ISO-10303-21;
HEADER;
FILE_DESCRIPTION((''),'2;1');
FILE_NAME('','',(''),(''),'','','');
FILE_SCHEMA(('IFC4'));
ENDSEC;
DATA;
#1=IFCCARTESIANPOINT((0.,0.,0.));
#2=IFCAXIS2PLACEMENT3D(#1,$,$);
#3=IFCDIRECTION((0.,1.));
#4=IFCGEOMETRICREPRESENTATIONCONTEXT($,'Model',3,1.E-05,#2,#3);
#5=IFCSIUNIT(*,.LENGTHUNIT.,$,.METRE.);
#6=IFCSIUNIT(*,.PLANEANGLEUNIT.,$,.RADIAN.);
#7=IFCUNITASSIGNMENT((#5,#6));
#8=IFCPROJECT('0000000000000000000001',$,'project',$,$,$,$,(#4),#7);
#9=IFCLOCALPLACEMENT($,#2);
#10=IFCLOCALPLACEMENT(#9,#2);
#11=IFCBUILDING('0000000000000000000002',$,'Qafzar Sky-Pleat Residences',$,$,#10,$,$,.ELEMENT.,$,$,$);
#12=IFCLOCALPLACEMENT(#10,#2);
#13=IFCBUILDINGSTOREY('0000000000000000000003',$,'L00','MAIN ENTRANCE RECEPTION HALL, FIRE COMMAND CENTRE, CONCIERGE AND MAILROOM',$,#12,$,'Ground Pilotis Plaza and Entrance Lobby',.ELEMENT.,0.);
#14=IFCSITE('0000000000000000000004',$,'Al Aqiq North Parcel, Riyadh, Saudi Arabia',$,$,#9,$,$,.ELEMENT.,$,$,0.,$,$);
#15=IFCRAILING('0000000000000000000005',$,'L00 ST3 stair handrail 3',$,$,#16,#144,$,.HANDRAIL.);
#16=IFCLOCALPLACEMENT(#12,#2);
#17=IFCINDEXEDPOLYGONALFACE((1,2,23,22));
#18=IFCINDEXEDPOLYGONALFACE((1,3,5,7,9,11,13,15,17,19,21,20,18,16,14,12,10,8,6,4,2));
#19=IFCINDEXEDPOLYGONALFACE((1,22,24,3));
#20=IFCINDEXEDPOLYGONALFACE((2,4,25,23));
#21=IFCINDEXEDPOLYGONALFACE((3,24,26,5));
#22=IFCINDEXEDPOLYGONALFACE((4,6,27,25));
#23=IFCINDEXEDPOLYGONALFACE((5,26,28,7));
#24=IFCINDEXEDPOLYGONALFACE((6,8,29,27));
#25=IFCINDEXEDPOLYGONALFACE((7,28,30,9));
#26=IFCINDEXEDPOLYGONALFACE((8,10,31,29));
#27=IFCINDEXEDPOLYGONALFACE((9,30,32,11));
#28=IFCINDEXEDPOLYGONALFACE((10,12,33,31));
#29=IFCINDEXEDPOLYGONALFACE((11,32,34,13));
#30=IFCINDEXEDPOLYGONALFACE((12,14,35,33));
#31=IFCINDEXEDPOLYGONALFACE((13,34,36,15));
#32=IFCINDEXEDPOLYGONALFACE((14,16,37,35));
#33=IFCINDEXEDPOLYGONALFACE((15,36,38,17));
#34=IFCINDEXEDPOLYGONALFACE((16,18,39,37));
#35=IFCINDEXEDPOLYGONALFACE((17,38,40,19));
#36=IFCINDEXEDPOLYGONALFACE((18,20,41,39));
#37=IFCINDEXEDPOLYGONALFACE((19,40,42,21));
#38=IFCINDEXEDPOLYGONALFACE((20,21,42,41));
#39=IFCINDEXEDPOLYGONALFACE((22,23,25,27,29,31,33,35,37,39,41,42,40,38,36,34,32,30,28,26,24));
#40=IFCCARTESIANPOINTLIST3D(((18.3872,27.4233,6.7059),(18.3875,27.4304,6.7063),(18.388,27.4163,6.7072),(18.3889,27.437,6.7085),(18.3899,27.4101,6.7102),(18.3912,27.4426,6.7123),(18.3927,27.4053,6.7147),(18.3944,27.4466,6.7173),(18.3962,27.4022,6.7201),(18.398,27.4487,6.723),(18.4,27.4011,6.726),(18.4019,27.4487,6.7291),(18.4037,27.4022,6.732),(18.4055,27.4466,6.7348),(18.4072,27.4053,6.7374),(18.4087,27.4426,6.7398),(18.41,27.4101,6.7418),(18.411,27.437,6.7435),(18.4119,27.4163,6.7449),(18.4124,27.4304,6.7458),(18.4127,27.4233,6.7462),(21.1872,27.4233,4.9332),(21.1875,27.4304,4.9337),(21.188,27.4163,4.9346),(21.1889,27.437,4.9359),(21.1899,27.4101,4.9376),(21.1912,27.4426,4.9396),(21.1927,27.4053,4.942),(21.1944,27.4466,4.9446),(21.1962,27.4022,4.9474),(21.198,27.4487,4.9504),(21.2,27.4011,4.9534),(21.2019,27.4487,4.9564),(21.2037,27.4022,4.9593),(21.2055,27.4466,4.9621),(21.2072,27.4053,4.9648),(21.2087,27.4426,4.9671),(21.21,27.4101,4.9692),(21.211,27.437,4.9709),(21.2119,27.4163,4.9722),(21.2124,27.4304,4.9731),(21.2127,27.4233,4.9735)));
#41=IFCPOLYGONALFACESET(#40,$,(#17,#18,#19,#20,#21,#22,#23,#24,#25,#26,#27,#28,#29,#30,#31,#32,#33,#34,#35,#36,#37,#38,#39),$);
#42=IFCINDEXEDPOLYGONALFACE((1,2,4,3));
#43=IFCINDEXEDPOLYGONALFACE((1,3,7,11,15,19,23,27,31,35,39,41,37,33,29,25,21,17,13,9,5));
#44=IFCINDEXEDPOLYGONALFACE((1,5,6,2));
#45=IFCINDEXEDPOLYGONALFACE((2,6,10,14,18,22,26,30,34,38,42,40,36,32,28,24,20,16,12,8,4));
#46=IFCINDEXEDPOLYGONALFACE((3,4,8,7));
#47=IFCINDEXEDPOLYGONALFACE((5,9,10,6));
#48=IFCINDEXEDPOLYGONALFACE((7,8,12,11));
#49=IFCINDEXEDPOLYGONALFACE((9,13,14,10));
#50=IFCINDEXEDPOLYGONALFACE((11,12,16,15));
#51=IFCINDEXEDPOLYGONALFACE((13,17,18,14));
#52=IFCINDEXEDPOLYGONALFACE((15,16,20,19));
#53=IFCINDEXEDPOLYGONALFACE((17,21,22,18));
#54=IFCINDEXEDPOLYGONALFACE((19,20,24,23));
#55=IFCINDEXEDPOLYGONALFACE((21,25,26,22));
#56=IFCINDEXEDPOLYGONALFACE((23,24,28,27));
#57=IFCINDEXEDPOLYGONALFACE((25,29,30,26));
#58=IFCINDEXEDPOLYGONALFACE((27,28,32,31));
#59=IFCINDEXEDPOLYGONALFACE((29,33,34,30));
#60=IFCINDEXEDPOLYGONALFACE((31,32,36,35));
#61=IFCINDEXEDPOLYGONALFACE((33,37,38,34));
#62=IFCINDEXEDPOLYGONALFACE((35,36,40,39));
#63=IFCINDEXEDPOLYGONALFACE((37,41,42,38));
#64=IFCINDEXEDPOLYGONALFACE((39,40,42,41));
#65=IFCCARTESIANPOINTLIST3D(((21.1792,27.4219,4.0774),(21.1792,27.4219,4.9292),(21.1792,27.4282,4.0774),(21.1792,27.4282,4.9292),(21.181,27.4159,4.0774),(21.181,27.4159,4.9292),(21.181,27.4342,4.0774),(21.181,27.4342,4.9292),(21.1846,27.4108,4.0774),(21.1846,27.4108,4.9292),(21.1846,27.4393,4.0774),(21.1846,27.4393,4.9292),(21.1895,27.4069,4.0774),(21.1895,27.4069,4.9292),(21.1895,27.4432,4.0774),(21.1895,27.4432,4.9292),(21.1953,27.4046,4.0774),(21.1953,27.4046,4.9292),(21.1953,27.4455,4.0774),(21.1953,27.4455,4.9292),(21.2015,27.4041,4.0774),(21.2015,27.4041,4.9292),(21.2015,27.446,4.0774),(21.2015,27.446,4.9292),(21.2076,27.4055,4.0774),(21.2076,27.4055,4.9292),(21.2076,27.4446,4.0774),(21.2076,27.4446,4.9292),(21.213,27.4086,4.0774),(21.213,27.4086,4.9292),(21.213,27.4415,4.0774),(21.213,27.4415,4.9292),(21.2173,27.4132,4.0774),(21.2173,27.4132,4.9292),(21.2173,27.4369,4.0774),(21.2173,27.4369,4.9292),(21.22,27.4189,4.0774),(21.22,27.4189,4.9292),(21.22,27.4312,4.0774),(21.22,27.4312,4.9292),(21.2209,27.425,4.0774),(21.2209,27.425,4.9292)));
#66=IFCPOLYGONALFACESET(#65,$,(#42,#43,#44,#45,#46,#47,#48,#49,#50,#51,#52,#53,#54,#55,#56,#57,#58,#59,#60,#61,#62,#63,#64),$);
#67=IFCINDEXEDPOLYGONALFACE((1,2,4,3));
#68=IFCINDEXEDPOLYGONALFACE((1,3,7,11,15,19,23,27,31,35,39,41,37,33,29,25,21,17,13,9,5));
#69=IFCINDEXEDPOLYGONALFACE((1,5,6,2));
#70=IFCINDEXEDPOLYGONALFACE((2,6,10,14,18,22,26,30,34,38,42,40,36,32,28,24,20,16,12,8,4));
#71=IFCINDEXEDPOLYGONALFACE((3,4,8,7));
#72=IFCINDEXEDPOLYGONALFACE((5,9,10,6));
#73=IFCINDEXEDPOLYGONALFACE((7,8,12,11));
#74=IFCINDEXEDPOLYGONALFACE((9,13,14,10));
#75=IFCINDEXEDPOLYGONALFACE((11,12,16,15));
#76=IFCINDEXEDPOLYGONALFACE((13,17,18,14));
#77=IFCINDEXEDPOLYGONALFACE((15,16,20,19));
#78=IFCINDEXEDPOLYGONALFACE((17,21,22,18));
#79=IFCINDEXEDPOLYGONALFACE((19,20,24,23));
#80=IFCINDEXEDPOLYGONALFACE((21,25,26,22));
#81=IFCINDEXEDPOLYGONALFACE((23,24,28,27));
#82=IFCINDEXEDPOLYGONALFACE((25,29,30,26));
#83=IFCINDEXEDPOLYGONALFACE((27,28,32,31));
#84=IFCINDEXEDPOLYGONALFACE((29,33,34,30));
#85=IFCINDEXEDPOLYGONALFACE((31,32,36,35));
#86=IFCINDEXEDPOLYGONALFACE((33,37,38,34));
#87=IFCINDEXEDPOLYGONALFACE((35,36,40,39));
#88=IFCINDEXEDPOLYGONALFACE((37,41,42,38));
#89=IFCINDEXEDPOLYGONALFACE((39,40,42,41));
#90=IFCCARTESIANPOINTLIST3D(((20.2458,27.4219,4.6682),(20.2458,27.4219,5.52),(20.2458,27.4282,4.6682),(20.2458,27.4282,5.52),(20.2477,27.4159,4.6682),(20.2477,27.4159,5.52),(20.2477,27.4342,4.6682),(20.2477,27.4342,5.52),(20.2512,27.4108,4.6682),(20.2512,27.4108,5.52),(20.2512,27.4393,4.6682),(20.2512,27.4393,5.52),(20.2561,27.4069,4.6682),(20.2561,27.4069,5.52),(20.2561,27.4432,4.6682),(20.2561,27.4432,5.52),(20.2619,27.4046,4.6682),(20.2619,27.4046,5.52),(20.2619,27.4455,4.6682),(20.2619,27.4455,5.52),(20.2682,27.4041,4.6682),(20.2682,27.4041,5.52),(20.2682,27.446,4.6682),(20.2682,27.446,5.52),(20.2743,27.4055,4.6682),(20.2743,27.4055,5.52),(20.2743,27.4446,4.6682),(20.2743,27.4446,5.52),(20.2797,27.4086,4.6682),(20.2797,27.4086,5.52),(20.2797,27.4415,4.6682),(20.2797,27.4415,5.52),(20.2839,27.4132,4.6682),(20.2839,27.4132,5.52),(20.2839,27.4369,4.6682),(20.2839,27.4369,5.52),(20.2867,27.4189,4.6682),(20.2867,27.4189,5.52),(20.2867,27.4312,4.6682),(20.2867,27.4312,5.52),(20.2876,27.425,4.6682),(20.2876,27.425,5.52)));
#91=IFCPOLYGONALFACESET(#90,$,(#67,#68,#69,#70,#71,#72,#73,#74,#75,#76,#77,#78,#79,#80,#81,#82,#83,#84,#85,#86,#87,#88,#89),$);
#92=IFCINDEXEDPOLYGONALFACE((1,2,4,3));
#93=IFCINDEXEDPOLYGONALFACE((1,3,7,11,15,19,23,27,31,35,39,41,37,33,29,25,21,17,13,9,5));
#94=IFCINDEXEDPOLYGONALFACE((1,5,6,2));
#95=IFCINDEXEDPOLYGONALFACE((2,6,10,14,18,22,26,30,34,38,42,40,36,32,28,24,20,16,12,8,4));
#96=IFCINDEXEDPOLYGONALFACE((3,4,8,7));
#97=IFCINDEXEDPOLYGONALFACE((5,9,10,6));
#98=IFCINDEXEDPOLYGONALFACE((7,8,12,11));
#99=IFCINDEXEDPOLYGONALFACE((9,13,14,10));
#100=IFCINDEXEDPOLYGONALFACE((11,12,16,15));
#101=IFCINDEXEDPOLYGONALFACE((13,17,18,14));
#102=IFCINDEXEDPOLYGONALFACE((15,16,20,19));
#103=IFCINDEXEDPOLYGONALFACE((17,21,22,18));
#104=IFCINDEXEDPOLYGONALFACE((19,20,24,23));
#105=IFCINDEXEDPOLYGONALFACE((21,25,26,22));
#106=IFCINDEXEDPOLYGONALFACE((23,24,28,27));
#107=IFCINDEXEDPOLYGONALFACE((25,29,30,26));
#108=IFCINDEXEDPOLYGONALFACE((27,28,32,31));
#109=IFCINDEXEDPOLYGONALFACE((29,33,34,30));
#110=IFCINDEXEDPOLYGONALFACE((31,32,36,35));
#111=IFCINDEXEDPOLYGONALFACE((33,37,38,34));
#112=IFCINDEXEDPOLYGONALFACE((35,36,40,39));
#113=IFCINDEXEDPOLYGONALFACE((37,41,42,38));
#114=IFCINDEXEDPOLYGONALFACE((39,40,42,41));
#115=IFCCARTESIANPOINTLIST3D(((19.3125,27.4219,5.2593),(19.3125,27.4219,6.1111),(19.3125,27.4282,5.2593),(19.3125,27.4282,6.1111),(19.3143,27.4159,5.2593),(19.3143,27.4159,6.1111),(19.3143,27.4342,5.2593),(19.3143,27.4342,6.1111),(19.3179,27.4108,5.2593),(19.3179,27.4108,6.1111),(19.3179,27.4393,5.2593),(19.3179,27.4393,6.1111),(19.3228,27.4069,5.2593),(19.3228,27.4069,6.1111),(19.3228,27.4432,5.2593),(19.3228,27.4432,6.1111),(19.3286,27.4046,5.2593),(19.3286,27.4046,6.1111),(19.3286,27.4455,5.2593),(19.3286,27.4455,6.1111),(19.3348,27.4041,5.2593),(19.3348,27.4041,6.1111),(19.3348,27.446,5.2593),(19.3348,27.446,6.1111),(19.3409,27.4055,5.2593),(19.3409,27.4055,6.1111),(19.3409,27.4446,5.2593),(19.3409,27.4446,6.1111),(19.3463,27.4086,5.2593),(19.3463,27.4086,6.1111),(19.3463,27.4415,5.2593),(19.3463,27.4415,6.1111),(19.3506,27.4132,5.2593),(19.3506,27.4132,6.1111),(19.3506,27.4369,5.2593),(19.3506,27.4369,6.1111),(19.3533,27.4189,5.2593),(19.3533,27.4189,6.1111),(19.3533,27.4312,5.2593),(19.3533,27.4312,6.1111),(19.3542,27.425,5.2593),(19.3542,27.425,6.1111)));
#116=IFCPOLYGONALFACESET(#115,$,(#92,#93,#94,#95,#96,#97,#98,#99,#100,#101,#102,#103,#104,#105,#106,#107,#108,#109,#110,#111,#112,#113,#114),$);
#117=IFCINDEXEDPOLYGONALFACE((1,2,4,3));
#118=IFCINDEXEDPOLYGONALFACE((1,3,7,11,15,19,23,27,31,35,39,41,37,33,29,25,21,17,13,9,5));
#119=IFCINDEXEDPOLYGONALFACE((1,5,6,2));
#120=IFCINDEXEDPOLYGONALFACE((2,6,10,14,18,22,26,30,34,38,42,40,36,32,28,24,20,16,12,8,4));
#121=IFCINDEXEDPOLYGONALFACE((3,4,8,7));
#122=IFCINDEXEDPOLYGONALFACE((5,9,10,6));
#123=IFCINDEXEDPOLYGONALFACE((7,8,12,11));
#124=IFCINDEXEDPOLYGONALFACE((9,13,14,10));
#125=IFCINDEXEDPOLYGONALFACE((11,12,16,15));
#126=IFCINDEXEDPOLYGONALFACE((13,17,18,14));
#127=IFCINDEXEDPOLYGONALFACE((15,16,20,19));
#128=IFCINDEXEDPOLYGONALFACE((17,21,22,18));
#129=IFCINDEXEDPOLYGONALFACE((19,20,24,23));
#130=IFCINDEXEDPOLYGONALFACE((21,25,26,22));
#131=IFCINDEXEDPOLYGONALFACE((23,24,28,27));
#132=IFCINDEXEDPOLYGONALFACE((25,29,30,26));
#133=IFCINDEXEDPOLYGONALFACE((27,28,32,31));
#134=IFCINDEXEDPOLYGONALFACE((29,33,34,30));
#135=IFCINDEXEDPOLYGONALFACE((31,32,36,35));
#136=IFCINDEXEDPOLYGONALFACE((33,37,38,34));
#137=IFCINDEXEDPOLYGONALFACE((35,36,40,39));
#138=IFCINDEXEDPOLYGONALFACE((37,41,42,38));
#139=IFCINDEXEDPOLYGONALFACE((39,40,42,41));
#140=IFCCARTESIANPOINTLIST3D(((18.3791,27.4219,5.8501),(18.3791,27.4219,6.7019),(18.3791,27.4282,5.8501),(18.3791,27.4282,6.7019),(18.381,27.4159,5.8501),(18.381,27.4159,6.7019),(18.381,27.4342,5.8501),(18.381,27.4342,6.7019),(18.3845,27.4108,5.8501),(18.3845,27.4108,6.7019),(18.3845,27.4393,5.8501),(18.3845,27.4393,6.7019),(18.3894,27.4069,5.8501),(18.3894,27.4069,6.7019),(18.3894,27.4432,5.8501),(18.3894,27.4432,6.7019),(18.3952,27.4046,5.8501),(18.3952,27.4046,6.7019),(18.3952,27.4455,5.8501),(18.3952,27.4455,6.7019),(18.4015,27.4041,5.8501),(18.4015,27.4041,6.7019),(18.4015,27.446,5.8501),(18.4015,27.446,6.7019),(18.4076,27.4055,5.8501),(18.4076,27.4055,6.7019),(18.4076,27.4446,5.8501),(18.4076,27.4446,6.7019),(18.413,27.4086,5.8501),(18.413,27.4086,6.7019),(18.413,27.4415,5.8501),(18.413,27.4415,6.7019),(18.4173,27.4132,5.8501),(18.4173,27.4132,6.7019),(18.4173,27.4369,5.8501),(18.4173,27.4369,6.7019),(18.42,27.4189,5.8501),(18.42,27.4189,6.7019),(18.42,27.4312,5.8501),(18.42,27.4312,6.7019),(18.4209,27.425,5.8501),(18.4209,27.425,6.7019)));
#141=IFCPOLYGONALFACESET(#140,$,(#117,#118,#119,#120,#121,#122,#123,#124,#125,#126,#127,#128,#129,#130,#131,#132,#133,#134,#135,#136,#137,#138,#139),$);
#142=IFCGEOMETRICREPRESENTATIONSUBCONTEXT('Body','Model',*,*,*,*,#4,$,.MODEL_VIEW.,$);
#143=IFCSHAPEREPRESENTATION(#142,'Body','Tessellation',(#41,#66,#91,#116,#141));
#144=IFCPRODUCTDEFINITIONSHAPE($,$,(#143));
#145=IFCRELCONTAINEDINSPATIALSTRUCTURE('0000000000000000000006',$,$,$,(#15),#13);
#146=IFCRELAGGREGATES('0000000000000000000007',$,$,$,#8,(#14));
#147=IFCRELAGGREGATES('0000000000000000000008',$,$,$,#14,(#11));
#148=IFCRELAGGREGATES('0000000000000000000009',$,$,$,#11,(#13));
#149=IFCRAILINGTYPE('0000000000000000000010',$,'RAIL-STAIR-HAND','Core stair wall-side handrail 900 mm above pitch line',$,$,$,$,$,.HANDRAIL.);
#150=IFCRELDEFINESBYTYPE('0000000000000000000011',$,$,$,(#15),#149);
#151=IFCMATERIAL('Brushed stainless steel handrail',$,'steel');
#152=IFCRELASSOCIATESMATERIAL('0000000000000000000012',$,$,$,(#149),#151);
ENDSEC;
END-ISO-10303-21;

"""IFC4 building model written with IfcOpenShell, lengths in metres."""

from ifc_helpers import new_model, si_unit, direction, frame, origin, origin_2d, place, context, subcontext, project, spatial, circle, extrude, source, transform, mapped, material, type_object, element, save


model = new_model("IFC4")

# Units and contexts
model_context = context("Model", 3, precision=1e-05, world=origin(), true_north=direction((0.0, 1.0)))
body_context = subcontext(model_context, "Body", "Model", "MODEL_VIEW")
ifc_project = project(units=[si_unit("LENGTHUNIT", "METRE"), si_unit("PLANEANGLEUNIT", "RADIAN")], contexts=[model_context])

# Site, building, storey
site_placement = place(None, origin())
site = spatial("IfcSite", under=ifc_project, at=site_placement, Name="Al Aqiq North Parcel, Riyadh, Saudi Arabia", CompositionType="ELEMENT", RefElevation=0.0)
building_placement = place(site_placement, origin())
building = spatial("IfcBuilding", under=site, at=building_placement, Name="Qafzar Sky-Pleat Residences", CompositionType="ELEMENT")
storey_placement = place(building_placement, origin())
storey = spatial("IfcBuildingStorey", under=building, at=storey_placement, Name="L00", Description="MAIN ENTRANCE RECEPTION HALL, FIRE COMMAND CENTRE, CONCIERGE AND MAILROOM", LongName="Ground Pilotis Plaza and Entrance Lobby", CompositionType="ELEMENT", Elevation=0.0)

# Railing
ifc_material_1 = material(Name="Brushed stainless steel handrail", Category="steel")
railing_type_1 = type_object("IfcRailingType", Name="RAIL-STAIR-HAND", Description="Core stair wall-side handrail 900 mm above pitch line", PredefinedType="HANDRAIL", material=ifc_material_1)
shared_shape_1 = source(origin(), body_context, "Body", "SweptSolid", [
    extrude(circle(Radius=0.0239, at=origin_2d()), frame((0.0, 0.0, 0.876), z_axis=(-0.844909, 0.0, 0.53491), x_axis=(0.0, -1.0, 0.0)), (0.0, 0.0, 1.0), 3.314),
    extrude(circle(Radius=0.021, at=origin_2d()), origin(), (0.0, 0.0, 1.0), 0.8518),
    extrude(circle(Radius=0.021, at=origin_2d()), frame((-0.9333, 0.0, 0.5908)), (0.0, 0.0, 1.0), 0.8518),
    extrude(circle(Radius=0.021, at=origin_2d()), frame((-1.8667, 0.0, 1.1819)), (0.0, 0.0, 1.0), 0.8518),
    extrude(circle(Radius=0.021, at=origin_2d()), frame((-2.8, 0.0, 1.7727)), (0.0, 0.0, 1.0), 0.8518),
])
for number, where, name in (
    (1, (21.2, 27.425, 4.0774), "L00 ST3 stair handrail 3"),
):
    element("IfcRailing", number, at=place(storey_placement, frame(where)), inside=storey, type_object=railing_type_1, Name=name, PredefinedType="HANDRAIL", context=body_context, shape_type="MappedRepresentation", body=[
        mapped(shared_shape_1, transform((0.0, 0.0, 0.0), x_axis=(1.0, 0.0, 0.0), y_axis=(0.0, 1.0, 0.0), z_axis=(0.0, 0.0, 1.0), scale=1.0)),
    ])

save(model, "model.ifc")
